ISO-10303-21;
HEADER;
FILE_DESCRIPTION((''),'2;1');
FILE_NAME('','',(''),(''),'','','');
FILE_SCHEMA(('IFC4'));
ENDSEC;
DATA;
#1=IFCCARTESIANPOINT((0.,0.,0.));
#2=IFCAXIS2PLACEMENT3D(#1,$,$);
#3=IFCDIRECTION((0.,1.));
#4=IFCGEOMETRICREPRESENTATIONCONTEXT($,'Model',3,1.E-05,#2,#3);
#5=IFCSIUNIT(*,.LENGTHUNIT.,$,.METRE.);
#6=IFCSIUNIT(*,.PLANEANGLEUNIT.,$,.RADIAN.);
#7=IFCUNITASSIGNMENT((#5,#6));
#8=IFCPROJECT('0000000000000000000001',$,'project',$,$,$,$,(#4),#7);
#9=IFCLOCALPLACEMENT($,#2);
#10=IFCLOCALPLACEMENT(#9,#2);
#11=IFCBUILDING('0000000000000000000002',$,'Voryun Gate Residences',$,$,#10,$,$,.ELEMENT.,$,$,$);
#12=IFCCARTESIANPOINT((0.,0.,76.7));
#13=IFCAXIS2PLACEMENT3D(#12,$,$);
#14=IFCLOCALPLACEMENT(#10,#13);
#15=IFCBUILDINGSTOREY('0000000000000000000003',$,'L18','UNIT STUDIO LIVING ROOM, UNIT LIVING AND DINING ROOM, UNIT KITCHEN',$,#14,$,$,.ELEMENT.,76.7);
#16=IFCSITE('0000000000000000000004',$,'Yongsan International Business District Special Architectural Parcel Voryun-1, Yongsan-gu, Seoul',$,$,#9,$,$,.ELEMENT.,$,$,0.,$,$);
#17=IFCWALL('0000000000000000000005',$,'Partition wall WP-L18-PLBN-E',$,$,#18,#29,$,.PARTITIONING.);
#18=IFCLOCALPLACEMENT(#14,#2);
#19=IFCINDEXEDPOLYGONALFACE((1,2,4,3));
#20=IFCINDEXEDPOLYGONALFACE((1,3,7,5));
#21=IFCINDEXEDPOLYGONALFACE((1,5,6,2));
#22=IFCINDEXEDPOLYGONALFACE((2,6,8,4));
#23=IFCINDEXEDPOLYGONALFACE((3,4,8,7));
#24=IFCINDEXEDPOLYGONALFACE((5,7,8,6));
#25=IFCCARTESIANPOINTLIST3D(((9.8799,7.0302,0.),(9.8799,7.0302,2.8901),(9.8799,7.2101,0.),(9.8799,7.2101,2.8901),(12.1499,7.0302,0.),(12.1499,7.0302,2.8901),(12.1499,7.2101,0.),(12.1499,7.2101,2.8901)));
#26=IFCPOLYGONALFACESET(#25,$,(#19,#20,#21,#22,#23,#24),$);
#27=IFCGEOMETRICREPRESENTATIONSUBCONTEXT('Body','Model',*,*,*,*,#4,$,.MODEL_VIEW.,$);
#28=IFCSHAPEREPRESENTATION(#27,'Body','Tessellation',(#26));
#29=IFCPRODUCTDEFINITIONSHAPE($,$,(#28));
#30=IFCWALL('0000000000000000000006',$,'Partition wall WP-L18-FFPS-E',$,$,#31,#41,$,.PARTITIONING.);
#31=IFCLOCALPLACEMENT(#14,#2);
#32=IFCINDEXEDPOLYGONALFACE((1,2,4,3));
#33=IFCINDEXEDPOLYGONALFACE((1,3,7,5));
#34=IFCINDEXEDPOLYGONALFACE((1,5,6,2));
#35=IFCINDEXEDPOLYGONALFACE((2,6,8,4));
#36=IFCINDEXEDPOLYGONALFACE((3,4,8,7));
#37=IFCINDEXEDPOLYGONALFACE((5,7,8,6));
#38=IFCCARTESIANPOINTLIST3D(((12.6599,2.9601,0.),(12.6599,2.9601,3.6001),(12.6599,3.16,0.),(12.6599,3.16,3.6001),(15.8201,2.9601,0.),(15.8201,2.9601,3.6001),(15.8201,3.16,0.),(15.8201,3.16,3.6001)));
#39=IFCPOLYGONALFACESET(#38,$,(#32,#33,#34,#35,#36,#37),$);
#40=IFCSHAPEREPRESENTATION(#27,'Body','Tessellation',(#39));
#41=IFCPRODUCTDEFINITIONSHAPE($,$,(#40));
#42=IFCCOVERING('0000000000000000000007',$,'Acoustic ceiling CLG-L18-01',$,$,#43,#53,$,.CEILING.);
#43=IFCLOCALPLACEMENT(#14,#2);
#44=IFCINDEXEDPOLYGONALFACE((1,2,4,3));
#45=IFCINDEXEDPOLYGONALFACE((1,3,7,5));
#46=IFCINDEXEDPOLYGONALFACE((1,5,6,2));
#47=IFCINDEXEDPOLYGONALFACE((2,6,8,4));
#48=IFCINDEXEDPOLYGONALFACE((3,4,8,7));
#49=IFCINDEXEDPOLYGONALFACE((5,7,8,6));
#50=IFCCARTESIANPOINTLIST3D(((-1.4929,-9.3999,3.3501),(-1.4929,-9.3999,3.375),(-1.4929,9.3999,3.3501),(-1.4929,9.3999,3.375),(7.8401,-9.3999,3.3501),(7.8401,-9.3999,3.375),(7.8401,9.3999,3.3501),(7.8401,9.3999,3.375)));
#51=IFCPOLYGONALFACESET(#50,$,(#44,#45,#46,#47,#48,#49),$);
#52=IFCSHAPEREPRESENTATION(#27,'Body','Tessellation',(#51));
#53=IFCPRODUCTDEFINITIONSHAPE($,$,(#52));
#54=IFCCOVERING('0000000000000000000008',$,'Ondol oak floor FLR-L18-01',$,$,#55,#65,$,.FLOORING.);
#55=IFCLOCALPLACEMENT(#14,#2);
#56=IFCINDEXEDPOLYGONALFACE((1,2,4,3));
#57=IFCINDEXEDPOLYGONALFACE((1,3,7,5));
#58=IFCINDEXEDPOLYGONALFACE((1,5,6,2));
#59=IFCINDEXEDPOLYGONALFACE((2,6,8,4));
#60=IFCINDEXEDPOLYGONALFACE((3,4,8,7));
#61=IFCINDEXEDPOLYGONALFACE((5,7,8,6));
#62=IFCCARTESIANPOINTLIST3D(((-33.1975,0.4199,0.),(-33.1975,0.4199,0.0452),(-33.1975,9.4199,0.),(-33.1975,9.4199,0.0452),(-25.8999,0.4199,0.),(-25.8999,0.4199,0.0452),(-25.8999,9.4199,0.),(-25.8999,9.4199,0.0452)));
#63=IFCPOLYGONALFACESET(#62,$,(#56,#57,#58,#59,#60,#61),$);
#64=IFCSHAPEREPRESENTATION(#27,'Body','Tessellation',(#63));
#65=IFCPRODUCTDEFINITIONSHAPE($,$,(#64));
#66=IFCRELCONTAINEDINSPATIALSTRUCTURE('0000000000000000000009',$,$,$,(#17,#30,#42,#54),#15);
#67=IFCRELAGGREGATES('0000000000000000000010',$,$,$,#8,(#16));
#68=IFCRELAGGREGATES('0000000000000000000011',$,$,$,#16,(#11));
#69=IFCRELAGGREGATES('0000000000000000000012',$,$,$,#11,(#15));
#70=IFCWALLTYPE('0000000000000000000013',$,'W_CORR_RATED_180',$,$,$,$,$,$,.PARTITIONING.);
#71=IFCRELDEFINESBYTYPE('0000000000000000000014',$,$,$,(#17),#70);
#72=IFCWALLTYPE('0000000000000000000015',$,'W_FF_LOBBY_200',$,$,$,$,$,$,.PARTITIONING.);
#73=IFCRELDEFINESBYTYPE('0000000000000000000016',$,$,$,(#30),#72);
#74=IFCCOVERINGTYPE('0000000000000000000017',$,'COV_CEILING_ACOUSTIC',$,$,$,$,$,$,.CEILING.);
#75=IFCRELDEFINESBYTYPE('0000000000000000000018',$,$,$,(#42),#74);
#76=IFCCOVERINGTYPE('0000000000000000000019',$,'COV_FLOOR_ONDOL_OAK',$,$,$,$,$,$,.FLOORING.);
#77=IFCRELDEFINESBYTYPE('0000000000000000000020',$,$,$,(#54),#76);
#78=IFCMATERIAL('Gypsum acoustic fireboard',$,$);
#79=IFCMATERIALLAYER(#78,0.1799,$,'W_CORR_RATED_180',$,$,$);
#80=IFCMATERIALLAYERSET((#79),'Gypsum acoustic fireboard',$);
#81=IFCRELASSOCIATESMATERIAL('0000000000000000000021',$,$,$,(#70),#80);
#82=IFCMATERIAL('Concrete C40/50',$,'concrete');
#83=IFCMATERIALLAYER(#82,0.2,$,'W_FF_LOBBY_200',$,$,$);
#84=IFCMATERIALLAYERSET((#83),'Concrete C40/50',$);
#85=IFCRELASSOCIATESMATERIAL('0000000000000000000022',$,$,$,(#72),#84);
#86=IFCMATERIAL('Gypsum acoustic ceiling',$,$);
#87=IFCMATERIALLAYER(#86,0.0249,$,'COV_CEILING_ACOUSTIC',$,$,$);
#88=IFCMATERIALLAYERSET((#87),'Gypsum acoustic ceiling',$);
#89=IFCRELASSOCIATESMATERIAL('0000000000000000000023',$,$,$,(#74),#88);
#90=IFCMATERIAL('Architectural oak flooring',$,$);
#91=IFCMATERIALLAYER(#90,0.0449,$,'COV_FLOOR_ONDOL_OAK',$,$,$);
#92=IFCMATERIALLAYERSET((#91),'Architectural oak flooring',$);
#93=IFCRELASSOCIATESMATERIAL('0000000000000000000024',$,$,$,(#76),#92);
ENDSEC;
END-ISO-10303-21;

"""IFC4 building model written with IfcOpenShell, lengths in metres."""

from ifc_helpers import new_model, si_unit, direction, frame, frame_2d, origin, place, context, subcontext, project, spatial, polyline, rectangle, outline, extrude, material, layer, layer_set, type_object, element, save


model = new_model("IFC4")

# Units and contexts
model_context = context("Model", 3, precision=1e-05, world=origin(), true_north=direction((0.0, 1.0)))
body_context = subcontext(model_context, "Body", "Model", "MODEL_VIEW")
ifc_project = project(units=[si_unit("LENGTHUNIT", "METRE"), si_unit("PLANEANGLEUNIT", "RADIAN")], contexts=[model_context])

# Site, building, storey
site_placement = place(None, origin())
site = spatial("IfcSite", under=ifc_project, at=site_placement, Name="Yongsan International Business District Special Architectural Parcel Voryun-1, Yongsan-gu, Seoul", CompositionType="ELEMENT", RefElevation=0.0)
building_placement = place(site_placement, origin())
building = spatial("IfcBuilding", under=site, at=building_placement, Name="Voryun Gate Residences", CompositionType="ELEMENT")
storey_placement = place(building_placement, frame((0.0, 0.0, 76.7)))
storey = spatial("IfcBuildingStorey", under=building, at=storey_placement, Name="L18", Description="UNIT STUDIO LIVING ROOM, UNIT LIVING AND DINING ROOM, UNIT KITCHEN", CompositionType="ELEMENT", Elevation=76.7)

# Walls
ifc_material_1 = material(Name="Gypsum acoustic fireboard")
ifc_layer_1 = layer(ifc_material_1, 0.1799, Name="W_CORR_RATED_180")
ifc_layer_set_1 = layer_set([ifc_layer_1], Name="Gypsum acoustic fireboard")
wall_type_1 = type_object("IfcWallType", Name="W_CORR_RATED_180", PredefinedType="PARTITIONING", material=ifc_layer_set_1)
wall_1_placement = place(storey_placement, frame((9.8799, 7.1201, 0.0), z_axis=(0.0, 0.0, 1.0), x_axis=(1.0, 0.0, 0.0)))
element("IfcWall", 1, at=wall_1_placement, inside=storey, type_object=wall_type_1, Name="Partition wall WP-L18-PLBN-E", PredefinedType="PARTITIONING", context=body_context, shape_type="SweptSolid", body=[
    extrude(rectangle(XDim=2.27, YDim=0.1799, at=frame_2d((1.135, 0.0))), origin(), (0.0, 0.0, 1.0), 2.8901),
])
ifc_material_2 = material(Name="Concrete C40/50", Category="concrete")
ifc_layer_2 = layer(ifc_material_2, 0.2, Name="W_FF_LOBBY_200")
ifc_layer_set_2 = layer_set([ifc_layer_2], Name="Concrete C40/50")
wall_type_2 = type_object("IfcWallType", Name="W_FF_LOBBY_200", PredefinedType="PARTITIONING", material=ifc_layer_set_2)
wall_2_placement = place(storey_placement, frame((12.6599, 3.0601, 0.0), z_axis=(0.0, 0.0, 1.0), x_axis=(1.0, 0.0, 0.0)))
element("IfcWall", 2, at=wall_2_placement, inside=storey, type_object=wall_type_2, Name="Partition wall WP-L18-FFPS-E", PredefinedType="PARTITIONING", context=body_context, shape_type="SweptSolid", body=[
    extrude(rectangle(XDim=3.1602, YDim=0.2, at=frame_2d((1.5801, 0.0))), origin(), (0.0, 0.0, 1.0), 3.6001),
])

# Coverings
ifc_material_3 = material(Name="Gypsum acoustic ceiling")
ifc_layer_3 = layer(ifc_material_3, 0.0249, Name="COV_CEILING_ACOUSTIC")
ifc_layer_set_3 = layer_set([ifc_layer_3], Name="Gypsum acoustic ceiling")
covering_type_1 = type_object("IfcCoveringType", Name="COV_CEILING_ACOUSTIC", PredefinedType="CEILING", material=ifc_layer_set_3)
covering_1_placement = place(storey_placement, frame((0.0, 0.0, 3.3501)))
element("IfcCovering", 3, at=covering_1_placement, inside=storey, type_object=covering_type_1, Name="Acoustic ceiling CLG-L18-01", PredefinedType="CEILING", context=body_context, shape_type="SweptSolid", body=[
    extrude(outline(polyline([(-1.4929, 9.3999), (7.8401, 9.3999), (7.8401, -9.3999), (-1.4929, -9.3999), (-1.4929, 9.3999)])), origin(), (0.0, 0.0, 1.0), 0.0249),
])
ifc_material_4 = material(Name="Architectural oak flooring")
ifc_layer_4 = layer(ifc_material_4, 0.0449, Name="COV_FLOOR_ONDOL_OAK")
ifc_layer_set_4 = layer_set([ifc_layer_4], Name="Architectural oak flooring")
covering_type_2 = type_object("IfcCoveringType", Name="COV_FLOOR_ONDOL_OAK", PredefinedType="FLOORING", material=ifc_layer_set_4)
covering_2_placement = place(storey_placement, origin())
element("IfcCovering", 4, at=covering_2_placement, inside=storey, type_object=covering_type_2, Name="Ondol oak floor FLR-L18-01", PredefinedType="FLOORING", context=body_context, shape_type="SweptSolid", body=[
    extrude(outline(polyline([(-25.8999, 9.4199), (-25.8999, 0.4199), (-33.1975, 0.4199), (-33.1975, 9.4199), (-25.8999, 9.4199)])), origin(), (0.0, 0.0, 1.0), 0.0452),
])

save(model, "model.ifc")
